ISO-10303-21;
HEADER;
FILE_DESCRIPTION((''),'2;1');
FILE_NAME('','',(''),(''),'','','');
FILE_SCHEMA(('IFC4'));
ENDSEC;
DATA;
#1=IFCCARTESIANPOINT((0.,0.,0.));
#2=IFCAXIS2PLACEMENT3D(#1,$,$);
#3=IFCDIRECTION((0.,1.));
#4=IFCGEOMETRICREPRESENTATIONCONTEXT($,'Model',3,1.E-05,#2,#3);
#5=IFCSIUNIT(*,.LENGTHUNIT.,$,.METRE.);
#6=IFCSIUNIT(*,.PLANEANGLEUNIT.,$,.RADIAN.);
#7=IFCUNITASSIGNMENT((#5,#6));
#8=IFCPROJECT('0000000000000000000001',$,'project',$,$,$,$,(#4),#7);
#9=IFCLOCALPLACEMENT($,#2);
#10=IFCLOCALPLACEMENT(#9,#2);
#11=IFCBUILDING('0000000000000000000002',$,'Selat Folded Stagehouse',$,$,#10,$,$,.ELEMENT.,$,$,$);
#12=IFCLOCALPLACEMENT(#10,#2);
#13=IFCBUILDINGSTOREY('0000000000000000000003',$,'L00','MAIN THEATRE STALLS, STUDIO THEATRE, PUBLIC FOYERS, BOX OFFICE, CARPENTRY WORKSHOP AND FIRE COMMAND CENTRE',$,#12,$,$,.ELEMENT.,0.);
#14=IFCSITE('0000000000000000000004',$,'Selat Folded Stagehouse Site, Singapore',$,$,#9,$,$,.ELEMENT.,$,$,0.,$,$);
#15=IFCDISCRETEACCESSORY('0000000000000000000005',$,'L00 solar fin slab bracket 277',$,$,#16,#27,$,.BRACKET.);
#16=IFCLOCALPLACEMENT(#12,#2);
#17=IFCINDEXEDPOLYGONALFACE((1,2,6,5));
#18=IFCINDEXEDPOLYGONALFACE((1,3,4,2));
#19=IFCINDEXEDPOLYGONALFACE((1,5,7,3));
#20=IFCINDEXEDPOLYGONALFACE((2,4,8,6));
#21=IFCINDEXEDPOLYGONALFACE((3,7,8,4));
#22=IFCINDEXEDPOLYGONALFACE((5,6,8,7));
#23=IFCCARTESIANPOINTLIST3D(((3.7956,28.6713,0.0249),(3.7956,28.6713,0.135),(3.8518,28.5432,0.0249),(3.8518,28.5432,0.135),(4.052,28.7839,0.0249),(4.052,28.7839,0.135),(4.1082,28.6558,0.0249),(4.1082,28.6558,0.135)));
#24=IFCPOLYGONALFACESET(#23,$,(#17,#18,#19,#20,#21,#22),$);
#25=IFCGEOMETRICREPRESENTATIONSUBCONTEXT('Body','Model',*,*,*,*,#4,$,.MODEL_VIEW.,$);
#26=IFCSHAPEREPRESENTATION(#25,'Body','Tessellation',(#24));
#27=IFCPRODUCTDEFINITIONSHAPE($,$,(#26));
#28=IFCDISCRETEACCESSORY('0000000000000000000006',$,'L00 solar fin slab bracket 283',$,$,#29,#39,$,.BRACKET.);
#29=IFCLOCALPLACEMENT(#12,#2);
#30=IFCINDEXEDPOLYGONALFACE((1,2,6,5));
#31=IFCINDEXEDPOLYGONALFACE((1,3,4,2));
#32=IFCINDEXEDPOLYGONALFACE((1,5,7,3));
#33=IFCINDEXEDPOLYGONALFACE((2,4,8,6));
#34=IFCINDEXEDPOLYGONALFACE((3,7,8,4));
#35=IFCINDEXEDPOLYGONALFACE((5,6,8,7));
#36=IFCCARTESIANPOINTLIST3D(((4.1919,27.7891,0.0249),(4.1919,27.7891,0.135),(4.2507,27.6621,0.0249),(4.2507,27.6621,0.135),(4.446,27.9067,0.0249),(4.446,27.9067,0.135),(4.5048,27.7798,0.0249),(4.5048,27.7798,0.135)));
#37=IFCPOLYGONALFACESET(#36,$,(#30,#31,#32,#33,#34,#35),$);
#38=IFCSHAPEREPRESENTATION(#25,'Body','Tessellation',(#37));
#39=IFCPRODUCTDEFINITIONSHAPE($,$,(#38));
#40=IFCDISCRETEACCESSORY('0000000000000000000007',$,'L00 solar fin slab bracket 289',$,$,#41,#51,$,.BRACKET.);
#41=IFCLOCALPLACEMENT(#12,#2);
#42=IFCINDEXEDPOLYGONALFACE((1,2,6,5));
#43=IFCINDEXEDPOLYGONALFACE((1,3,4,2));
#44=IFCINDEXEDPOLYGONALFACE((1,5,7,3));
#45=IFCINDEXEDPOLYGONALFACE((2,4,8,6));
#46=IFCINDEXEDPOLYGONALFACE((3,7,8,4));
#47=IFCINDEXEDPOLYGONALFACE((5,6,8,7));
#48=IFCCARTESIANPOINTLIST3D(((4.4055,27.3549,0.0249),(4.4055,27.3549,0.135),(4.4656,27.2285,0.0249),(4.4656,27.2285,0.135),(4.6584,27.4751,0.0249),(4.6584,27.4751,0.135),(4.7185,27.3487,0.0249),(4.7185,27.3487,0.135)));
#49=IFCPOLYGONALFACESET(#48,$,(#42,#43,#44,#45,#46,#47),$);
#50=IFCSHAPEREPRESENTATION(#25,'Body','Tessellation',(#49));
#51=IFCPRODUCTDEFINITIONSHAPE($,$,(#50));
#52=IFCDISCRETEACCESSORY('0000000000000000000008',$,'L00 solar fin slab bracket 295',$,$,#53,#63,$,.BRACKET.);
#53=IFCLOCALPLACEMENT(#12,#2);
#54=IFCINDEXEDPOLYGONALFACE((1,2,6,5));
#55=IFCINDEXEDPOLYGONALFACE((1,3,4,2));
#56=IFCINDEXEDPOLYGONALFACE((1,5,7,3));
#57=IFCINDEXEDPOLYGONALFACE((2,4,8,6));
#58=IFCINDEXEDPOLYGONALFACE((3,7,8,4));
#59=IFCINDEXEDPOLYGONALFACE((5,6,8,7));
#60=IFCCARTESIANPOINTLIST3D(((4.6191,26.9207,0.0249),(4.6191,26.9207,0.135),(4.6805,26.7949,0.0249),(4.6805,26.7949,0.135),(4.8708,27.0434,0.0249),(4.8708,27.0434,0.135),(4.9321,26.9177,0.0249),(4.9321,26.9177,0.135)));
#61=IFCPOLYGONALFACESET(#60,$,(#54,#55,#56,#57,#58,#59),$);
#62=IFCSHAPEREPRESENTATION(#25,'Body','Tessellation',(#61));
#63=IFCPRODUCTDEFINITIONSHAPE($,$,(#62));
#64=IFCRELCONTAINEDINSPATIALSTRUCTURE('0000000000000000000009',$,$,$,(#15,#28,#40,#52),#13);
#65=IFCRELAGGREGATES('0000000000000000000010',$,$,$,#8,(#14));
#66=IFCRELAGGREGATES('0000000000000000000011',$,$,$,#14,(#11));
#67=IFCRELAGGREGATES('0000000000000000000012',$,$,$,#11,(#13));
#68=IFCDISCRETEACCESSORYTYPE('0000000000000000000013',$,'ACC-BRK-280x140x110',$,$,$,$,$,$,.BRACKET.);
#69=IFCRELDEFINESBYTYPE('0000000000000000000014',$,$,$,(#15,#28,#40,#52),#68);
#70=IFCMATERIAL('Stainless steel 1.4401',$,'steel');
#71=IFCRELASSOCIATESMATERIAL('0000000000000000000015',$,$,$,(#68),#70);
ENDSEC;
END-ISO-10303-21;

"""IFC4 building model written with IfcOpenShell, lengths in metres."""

from ifc_helpers import new_model, si_unit, direction, frame, origin, origin_2d, place, context, subcontext, project, spatial, rectangle, extrude, material, type_object, element, save


model = new_model("IFC4")

# Units and contexts
model_context = context("Model", 3, precision=1e-05, world=origin(), true_north=direction((0.0, 1.0)))
body_context = subcontext(model_context, "Body", "Model", "MODEL_VIEW")
ifc_project = project(units=[si_unit("LENGTHUNIT", "METRE"), si_unit("PLANEANGLEUNIT", "RADIAN")], contexts=[model_context])

# Site, building, storey
site_placement = place(None, origin())
site = spatial("IfcSite", under=ifc_project, at=site_placement, Name="Selat Folded Stagehouse Site, Singapore", CompositionType="ELEMENT", RefElevation=0.0)
building_placement = place(site_placement, origin())
building = spatial("IfcBuilding", under=site, at=building_placement, Name="Selat Folded Stagehouse", CompositionType="ELEMENT")
storey_placement = place(building_placement, origin())
storey = spatial("IfcBuildingStorey", under=building, at=storey_placement, Name="L00", Description="MAIN THEATRE STALLS, STUDIO THEATRE, PUBLIC FOYERS, BOX OFFICE, CARPENTRY WORKSHOP AND FIRE COMMAND CENTRE", CompositionType="ELEMENT", Elevation=0.0)

# Discrete accessories
ifc_material_1 = material(Name="Stainless steel 1.4401", Category="steel")
discrete_accessory_type = type_object("IfcDiscreteAccessoryType", Name="ACC-BRK-280x140x110", PredefinedType="BRACKET", material=ifc_material_1)
for number, where, z_axis, x_axis, name in (
    (1, (3.9519, 28.6636, 0.0249), (0.0, 0.0, 1.0), (-0.915663, -0.401948, 0.0), "L00 solar fin slab bracket 277"),
    (2, (4.3484, 27.7844, 0.0249), (0.0, 0.0, 1.0), (-0.907411, -0.420244, 0.0), "L00 solar fin slab bracket 283"),
    (3, (4.562, 27.3518, 0.0249), (0.0, 0.0, 1.0), (-0.903186, -0.42925, 0.0), "L00 solar fin slab bracket 289"),
    (4, (4.7756, 26.9192, 0.0249), (0.0, 0.0, 1.0), (-0.898794, -0.438371, 0.0), "L00 solar fin slab bracket 295"),
):
    element("IfcDiscreteAccessory", number, at=place(storey_placement, frame(where, z_axis=z_axis, x_axis=x_axis)), inside=storey, type_object=discrete_accessory_type, Name=name, PredefinedType="BRACKET", context=body_context, shape_type="SweptSolid", body=[
        extrude(rectangle(XDim=0.28, YDim=0.1399, at=origin_2d()), origin(), (0.0, 0.0, 1.0), 0.1101),
    ])

save(model, "model.ifc")
